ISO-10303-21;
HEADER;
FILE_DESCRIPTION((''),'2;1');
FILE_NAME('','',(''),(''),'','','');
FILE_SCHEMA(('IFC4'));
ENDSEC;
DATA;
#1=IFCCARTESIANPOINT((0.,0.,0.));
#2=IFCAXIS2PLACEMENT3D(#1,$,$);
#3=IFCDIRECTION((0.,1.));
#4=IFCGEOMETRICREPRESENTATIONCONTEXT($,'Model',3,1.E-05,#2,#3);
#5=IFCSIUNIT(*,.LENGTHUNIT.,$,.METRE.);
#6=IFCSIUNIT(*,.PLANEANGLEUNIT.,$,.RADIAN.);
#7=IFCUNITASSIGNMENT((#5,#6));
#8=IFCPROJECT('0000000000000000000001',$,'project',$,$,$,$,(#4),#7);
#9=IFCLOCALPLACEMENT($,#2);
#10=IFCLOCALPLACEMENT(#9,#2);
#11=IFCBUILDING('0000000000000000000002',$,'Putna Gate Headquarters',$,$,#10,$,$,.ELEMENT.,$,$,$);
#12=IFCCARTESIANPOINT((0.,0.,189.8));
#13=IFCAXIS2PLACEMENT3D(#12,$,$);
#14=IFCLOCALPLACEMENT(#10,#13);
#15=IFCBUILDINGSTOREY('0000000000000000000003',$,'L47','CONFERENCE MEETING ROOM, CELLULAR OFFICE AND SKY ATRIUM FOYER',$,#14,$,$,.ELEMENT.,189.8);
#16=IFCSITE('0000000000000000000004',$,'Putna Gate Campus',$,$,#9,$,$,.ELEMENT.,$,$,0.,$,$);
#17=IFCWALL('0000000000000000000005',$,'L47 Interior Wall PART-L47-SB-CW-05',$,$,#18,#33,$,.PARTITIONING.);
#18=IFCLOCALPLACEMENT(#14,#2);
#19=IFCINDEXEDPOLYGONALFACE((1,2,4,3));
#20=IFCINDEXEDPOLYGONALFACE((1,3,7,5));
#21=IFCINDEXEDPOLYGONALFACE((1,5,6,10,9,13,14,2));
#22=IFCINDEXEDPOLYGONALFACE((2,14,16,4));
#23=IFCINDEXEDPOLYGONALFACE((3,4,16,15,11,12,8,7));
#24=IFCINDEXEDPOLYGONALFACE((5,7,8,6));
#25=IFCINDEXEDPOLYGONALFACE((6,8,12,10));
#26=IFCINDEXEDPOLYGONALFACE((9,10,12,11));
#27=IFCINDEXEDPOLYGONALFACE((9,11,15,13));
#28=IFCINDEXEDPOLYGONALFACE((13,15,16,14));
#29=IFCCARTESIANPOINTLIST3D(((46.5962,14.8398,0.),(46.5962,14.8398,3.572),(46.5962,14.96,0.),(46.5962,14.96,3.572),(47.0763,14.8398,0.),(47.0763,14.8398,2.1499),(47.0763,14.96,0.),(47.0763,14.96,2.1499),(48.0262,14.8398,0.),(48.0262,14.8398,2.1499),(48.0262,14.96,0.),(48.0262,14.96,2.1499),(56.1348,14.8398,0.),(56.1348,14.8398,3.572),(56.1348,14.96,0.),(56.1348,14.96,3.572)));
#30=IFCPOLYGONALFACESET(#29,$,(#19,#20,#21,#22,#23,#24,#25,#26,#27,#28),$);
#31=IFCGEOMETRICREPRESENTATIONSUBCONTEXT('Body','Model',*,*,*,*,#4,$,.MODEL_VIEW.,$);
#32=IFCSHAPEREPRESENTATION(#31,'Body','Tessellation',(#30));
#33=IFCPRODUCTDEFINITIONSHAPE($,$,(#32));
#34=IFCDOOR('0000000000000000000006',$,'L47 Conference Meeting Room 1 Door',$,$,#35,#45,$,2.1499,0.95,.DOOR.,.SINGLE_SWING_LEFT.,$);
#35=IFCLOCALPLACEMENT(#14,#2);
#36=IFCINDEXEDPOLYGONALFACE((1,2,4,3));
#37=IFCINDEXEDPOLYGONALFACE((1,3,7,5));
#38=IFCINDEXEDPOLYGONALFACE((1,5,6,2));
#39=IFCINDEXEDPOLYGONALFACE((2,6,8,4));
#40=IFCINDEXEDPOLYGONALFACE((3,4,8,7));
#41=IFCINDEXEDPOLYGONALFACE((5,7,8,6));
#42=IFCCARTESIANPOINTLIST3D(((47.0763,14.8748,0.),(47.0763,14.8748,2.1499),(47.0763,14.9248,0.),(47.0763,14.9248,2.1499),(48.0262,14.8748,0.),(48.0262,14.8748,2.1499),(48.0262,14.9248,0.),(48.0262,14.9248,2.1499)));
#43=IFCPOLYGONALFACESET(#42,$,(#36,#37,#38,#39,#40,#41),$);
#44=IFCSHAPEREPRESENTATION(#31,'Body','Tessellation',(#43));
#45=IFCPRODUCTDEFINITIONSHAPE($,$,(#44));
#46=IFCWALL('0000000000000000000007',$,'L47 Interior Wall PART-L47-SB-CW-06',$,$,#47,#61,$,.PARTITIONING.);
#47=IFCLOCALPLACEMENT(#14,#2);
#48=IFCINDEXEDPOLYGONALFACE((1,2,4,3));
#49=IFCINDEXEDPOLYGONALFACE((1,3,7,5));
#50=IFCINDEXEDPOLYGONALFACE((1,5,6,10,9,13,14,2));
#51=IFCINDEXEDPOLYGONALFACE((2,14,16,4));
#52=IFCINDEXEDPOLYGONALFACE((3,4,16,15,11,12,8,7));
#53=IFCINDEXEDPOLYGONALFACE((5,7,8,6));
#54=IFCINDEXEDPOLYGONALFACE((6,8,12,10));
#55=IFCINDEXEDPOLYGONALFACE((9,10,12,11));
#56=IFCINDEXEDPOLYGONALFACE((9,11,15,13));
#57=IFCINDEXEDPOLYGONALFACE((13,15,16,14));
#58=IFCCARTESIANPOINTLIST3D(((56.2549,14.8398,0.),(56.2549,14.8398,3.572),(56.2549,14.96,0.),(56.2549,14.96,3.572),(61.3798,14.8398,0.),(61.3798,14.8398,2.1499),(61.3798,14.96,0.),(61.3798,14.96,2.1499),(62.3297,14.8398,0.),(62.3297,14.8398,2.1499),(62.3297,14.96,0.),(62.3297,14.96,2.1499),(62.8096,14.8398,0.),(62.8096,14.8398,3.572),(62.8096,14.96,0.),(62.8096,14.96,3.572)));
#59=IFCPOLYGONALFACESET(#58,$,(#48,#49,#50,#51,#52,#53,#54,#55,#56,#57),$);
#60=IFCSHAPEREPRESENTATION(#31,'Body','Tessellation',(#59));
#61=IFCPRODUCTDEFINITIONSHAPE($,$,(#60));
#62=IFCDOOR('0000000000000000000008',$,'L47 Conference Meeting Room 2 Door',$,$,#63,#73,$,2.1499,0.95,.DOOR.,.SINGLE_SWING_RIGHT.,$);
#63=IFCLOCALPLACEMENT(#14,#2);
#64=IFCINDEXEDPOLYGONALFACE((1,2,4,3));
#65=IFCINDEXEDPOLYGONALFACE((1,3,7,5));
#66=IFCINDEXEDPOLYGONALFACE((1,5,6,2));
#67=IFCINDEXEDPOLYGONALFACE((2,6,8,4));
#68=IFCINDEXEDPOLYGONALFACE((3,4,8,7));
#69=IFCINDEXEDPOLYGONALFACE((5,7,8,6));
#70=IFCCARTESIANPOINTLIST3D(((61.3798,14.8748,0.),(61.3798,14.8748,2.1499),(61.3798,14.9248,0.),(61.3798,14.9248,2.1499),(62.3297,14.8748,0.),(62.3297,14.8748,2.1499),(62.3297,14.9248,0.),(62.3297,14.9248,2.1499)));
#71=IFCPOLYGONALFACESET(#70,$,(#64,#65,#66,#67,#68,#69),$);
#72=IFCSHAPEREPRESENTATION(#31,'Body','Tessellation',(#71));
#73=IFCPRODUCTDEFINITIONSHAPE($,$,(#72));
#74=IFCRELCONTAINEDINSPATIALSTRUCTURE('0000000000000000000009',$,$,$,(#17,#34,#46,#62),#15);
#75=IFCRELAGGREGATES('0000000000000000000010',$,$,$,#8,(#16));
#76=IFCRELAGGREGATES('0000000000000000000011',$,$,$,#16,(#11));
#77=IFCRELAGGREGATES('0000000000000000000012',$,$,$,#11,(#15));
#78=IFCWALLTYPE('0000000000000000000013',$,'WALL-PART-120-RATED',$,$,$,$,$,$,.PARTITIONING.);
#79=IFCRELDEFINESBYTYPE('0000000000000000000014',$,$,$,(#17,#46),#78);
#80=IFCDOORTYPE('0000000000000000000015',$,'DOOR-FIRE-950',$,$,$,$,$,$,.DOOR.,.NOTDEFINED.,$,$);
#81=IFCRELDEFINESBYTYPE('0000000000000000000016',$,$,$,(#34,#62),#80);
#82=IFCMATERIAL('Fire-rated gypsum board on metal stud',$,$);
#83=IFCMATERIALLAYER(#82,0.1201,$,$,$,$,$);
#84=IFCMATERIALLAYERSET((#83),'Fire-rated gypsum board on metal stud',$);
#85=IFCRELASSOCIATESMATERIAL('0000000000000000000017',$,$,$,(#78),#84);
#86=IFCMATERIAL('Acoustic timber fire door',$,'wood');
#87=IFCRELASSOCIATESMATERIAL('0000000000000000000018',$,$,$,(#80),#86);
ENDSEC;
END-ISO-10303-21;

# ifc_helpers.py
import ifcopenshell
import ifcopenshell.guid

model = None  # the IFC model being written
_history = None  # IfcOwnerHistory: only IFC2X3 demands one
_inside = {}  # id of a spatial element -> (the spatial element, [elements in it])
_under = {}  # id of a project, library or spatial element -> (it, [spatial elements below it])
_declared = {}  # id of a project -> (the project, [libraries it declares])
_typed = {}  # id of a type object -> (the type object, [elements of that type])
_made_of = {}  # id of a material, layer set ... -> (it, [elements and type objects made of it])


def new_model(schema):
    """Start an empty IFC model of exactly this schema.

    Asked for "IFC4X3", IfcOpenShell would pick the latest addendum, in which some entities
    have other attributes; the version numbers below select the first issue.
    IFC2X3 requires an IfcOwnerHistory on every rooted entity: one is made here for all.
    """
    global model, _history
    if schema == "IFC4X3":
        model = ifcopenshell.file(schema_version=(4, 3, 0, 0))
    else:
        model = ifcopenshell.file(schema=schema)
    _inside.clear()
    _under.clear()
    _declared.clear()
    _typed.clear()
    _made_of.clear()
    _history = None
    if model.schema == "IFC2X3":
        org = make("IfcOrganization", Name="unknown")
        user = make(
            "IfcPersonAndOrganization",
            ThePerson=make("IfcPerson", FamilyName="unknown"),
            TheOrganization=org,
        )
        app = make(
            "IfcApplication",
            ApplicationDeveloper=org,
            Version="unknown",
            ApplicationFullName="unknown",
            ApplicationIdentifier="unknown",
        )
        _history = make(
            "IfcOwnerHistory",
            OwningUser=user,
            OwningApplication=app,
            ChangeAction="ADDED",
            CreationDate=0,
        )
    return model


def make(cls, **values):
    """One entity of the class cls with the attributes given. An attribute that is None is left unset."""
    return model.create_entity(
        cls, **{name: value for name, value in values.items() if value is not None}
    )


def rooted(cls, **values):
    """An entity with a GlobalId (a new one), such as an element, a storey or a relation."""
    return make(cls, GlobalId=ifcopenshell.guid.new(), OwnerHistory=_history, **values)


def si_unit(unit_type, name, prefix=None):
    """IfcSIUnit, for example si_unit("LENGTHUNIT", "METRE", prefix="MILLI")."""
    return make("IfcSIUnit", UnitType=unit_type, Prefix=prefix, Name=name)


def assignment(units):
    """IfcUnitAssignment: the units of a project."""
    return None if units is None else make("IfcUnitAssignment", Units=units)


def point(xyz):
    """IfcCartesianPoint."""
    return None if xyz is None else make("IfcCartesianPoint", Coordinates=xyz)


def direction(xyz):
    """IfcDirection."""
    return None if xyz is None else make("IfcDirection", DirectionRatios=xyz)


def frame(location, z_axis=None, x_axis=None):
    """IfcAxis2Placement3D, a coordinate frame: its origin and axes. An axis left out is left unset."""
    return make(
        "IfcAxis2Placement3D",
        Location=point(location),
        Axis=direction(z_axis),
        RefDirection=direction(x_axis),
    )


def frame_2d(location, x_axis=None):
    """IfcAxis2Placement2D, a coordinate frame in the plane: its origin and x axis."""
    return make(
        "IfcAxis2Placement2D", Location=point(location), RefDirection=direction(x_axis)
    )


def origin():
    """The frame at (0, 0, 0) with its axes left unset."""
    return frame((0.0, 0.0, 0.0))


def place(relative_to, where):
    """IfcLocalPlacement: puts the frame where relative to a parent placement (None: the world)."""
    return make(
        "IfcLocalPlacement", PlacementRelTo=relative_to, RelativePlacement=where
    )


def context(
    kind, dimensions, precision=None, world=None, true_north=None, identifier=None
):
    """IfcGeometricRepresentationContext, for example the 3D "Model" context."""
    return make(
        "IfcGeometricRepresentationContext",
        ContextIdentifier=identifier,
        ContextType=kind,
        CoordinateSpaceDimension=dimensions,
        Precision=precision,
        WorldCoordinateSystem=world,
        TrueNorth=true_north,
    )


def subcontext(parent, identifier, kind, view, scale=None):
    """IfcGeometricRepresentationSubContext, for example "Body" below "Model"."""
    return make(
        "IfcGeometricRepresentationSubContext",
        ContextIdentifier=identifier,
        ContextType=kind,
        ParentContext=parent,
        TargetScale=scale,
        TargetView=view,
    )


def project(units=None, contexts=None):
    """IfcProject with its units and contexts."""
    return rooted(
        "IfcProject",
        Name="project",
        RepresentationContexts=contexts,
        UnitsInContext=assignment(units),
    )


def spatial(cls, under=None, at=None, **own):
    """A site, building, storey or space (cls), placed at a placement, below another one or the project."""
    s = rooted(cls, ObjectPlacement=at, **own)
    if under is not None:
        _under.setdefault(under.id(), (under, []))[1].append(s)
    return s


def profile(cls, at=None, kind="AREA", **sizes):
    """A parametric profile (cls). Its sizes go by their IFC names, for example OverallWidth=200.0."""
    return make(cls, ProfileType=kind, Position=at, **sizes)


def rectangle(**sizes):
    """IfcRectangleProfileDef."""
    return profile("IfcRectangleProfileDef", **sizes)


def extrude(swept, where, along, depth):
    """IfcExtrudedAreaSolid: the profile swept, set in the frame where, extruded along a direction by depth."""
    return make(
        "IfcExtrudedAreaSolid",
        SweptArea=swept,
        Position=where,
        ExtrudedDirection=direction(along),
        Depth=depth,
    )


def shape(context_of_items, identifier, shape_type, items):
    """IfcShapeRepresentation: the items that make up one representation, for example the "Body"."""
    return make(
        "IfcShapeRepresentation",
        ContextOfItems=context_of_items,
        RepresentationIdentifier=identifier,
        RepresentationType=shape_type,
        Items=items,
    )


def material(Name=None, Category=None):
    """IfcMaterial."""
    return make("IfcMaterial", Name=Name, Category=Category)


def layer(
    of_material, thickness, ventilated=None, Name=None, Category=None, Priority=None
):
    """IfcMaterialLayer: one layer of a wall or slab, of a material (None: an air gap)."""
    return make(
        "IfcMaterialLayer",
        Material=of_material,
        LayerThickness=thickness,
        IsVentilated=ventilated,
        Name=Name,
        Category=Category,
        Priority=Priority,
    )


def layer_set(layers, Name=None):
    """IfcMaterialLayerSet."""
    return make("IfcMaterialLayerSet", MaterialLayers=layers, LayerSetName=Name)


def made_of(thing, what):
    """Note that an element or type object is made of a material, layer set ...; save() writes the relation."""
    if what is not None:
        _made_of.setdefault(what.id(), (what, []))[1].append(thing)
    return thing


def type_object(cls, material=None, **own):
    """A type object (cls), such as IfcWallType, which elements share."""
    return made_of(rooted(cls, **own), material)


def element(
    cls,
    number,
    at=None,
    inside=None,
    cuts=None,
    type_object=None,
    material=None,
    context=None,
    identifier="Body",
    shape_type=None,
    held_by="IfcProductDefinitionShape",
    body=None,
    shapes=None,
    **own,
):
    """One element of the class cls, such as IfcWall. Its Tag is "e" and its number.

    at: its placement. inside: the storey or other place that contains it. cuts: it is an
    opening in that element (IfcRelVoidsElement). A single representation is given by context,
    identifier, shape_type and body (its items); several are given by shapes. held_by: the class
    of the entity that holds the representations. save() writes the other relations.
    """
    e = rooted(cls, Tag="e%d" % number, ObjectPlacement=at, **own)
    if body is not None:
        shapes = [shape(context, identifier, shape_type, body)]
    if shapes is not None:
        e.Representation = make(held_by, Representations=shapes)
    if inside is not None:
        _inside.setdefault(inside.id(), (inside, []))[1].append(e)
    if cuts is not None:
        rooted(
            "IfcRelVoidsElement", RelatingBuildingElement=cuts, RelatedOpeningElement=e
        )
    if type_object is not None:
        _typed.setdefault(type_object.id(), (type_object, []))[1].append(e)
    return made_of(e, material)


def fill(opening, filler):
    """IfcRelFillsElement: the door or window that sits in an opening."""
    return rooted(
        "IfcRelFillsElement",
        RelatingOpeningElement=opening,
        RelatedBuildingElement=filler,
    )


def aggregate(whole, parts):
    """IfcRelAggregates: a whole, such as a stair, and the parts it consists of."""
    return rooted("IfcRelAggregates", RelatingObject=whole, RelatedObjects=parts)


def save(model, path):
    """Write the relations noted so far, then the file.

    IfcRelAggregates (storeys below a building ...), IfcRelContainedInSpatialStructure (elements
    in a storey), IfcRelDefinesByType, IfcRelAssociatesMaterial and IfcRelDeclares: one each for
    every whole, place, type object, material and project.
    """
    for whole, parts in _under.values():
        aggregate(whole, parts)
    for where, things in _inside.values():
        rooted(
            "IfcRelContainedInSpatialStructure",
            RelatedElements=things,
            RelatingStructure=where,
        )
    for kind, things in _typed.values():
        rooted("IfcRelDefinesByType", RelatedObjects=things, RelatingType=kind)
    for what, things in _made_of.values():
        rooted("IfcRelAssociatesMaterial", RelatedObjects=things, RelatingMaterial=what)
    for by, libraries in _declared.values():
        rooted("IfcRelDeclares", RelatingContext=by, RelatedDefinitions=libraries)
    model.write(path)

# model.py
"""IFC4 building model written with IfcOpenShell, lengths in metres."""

from ifc_helpers import new_model, si_unit, direction, frame, frame_2d, origin, place, context, subcontext, project, spatial, rectangle, extrude, material, layer, layer_set, type_object, element, fill, save


model = new_model("IFC4")

# Units and contexts
model_context = context("Model", 3, precision=1e-05, world=origin(), true_north=direction((0.0, 1.0)))
body_context = subcontext(model_context, "Body", "Model", "MODEL_VIEW")
ifc_project = project(units=[si_unit("LENGTHUNIT", "METRE"), si_unit("PLANEANGLEUNIT", "RADIAN")], contexts=[model_context])

# Site, building, storey
site_placement = place(None, origin())
site = spatial("IfcSite", under=ifc_project, at=site_placement, Name="Putna Gate Campus", CompositionType="ELEMENT", RefElevation=0.0)
building_placement = place(site_placement, origin())
building = spatial("IfcBuilding", under=site, at=building_placement, Name="Putna Gate Headquarters", CompositionType="ELEMENT")
storey_placement = place(building_placement, frame((0.0, 0.0, 189.8)))
storey = spatial("IfcBuildingStorey", under=building, at=storey_placement, Name="L47", Description="CONFERENCE MEETING ROOM, CELLULAR OFFICE AND SKY ATRIUM FOYER", CompositionType="ELEMENT", Elevation=189.8)

# Walls, openings, doors
ifc_material_1 = material(Name="Fire-rated gypsum board on metal stud")
ifc_layer = layer(ifc_material_1, 0.1201)
ifc_layer_set = layer_set([ifc_layer], Name="Fire-rated gypsum board on metal stud")
wall_type = type_object("IfcWallType", Name="WALL-PART-120-RATED", PredefinedType="PARTITIONING", material=ifc_layer_set)
wall_1_placement = place(storey_placement, frame((46.5962, 14.8999, 0.0), z_axis=(0.0, 0.0, 1.0), x_axis=(1.0, 0.0, 0.0)))
wall_1 = element("IfcWall", 1, at=wall_1_placement, inside=storey, type_object=wall_type, Name="L47 Interior Wall PART-L47-SB-CW-05", PredefinedType="PARTITIONING", context=body_context, shape_type="SweptSolid", body=[
    extrude(rectangle(XDim=9.5386, YDim=0.1201, at=frame_2d((4.7693, 0.0))), origin(), (0.0, 0.0, 1.0), 3.572),
])
opening_1_placement = place(wall_1_placement, frame((0.48, 0.0, 0.0)))
opening_1 = element("IfcOpeningElement", 2, at=opening_1_placement, cuts=wall_1, PredefinedType="OPENING", context=body_context, shape_type="SweptSolid", body=[
    extrude(rectangle(XDim=0.95, YDim=2.1499, at=frame_2d((0.4751, 1.075))), frame((0.0, 0.0701, 0.0), z_axis=(0.0, -1.0, 0.0), x_axis=(1.0, 0.0, 0.0)), (0.0, 0.0, 1.0), 0.1401),
])
ifc_material_2 = material(Name="Acoustic timber fire door", Category="wood")
door_type = type_object("IfcDoorType", Name="DOOR-FIRE-950", OperationType="NOTDEFINED", PredefinedType="DOOR", material=ifc_material_2)
door_1_placement = place(opening_1_placement, origin())
door_1 = element("IfcDoor", 3, at=door_1_placement, inside=storey, type_object=door_type, Name="L47 Conference Meeting Room 1 Door", OperationType="SINGLE_SWING_LEFT", OverallHeight=2.1499, OverallWidth=0.95, PredefinedType="DOOR", context=body_context, shape_type="SweptSolid", body=[
    extrude(rectangle(XDim=0.95, YDim=2.1499, at=frame_2d((0.4751, 1.075))), frame((0.0, 0.0249, 0.0), z_axis=(0.0, -1.0, 0.0), x_axis=(1.0, 0.0, 0.0)), (0.0, 0.0, 1.0), 0.05),
])
fill(opening_1, door_1)
wall_2_placement = place(storey_placement, frame((56.2549, 14.8999, 0.0), z_axis=(0.0, 0.0, 1.0), x_axis=(1.0, 0.0, 0.0)))
wall_2 = element("IfcWall", 4, at=wall_2_placement, inside=storey, type_object=wall_type, Name="L47 Interior Wall PART-L47-SB-CW-06", PredefinedType="PARTITIONING", context=body_context, shape_type="SweptSolid", body=[
    extrude(rectangle(XDim=6.5547, YDim=0.1201, at=frame_2d((3.2773, 0.0))), origin(), (0.0, 0.0, 1.0), 3.572),
])
opening_2_placement = place(wall_2_placement, frame((5.1248, 0.0, 0.0)))
opening_2 = element("IfcOpeningElement", 5, at=opening_2_placement, cuts=wall_2, PredefinedType="OPENING", context=body_context, shape_type="SweptSolid", body=[
    extrude(rectangle(XDim=0.95, YDim=2.1499, at=frame_2d((0.4751, 1.075))), frame((0.0, 0.0701, 0.0), z_axis=(0.0, -1.0, 0.0), x_axis=(1.0, 0.0, 0.0)), (0.0, 0.0, 1.0), 0.1401),
])
door_2_placement = place(opening_2_placement, origin())
door_2 = element("IfcDoor", 6, at=door_2_placement, inside=storey, type_object=door_type, Name="L47 Conference Meeting Room 2 Door", OperationType="SINGLE_SWING_RIGHT", OverallHeight=2.1499, OverallWidth=0.95, PredefinedType="DOOR", context=body_context, shape_type="SweptSolid", body=[
    extrude(rectangle(XDim=0.95, YDim=2.1499, at=frame_2d((0.4751, 1.075))), frame((0.0, 0.0249, 0.0), z_axis=(0.0, -1.0, 0.0), x_axis=(1.0, 0.0, 0.0)), (0.0, 0.0, 1.0), 0.05),
])
fill(opening_2, door_2)

save(model, "model.ifc")
